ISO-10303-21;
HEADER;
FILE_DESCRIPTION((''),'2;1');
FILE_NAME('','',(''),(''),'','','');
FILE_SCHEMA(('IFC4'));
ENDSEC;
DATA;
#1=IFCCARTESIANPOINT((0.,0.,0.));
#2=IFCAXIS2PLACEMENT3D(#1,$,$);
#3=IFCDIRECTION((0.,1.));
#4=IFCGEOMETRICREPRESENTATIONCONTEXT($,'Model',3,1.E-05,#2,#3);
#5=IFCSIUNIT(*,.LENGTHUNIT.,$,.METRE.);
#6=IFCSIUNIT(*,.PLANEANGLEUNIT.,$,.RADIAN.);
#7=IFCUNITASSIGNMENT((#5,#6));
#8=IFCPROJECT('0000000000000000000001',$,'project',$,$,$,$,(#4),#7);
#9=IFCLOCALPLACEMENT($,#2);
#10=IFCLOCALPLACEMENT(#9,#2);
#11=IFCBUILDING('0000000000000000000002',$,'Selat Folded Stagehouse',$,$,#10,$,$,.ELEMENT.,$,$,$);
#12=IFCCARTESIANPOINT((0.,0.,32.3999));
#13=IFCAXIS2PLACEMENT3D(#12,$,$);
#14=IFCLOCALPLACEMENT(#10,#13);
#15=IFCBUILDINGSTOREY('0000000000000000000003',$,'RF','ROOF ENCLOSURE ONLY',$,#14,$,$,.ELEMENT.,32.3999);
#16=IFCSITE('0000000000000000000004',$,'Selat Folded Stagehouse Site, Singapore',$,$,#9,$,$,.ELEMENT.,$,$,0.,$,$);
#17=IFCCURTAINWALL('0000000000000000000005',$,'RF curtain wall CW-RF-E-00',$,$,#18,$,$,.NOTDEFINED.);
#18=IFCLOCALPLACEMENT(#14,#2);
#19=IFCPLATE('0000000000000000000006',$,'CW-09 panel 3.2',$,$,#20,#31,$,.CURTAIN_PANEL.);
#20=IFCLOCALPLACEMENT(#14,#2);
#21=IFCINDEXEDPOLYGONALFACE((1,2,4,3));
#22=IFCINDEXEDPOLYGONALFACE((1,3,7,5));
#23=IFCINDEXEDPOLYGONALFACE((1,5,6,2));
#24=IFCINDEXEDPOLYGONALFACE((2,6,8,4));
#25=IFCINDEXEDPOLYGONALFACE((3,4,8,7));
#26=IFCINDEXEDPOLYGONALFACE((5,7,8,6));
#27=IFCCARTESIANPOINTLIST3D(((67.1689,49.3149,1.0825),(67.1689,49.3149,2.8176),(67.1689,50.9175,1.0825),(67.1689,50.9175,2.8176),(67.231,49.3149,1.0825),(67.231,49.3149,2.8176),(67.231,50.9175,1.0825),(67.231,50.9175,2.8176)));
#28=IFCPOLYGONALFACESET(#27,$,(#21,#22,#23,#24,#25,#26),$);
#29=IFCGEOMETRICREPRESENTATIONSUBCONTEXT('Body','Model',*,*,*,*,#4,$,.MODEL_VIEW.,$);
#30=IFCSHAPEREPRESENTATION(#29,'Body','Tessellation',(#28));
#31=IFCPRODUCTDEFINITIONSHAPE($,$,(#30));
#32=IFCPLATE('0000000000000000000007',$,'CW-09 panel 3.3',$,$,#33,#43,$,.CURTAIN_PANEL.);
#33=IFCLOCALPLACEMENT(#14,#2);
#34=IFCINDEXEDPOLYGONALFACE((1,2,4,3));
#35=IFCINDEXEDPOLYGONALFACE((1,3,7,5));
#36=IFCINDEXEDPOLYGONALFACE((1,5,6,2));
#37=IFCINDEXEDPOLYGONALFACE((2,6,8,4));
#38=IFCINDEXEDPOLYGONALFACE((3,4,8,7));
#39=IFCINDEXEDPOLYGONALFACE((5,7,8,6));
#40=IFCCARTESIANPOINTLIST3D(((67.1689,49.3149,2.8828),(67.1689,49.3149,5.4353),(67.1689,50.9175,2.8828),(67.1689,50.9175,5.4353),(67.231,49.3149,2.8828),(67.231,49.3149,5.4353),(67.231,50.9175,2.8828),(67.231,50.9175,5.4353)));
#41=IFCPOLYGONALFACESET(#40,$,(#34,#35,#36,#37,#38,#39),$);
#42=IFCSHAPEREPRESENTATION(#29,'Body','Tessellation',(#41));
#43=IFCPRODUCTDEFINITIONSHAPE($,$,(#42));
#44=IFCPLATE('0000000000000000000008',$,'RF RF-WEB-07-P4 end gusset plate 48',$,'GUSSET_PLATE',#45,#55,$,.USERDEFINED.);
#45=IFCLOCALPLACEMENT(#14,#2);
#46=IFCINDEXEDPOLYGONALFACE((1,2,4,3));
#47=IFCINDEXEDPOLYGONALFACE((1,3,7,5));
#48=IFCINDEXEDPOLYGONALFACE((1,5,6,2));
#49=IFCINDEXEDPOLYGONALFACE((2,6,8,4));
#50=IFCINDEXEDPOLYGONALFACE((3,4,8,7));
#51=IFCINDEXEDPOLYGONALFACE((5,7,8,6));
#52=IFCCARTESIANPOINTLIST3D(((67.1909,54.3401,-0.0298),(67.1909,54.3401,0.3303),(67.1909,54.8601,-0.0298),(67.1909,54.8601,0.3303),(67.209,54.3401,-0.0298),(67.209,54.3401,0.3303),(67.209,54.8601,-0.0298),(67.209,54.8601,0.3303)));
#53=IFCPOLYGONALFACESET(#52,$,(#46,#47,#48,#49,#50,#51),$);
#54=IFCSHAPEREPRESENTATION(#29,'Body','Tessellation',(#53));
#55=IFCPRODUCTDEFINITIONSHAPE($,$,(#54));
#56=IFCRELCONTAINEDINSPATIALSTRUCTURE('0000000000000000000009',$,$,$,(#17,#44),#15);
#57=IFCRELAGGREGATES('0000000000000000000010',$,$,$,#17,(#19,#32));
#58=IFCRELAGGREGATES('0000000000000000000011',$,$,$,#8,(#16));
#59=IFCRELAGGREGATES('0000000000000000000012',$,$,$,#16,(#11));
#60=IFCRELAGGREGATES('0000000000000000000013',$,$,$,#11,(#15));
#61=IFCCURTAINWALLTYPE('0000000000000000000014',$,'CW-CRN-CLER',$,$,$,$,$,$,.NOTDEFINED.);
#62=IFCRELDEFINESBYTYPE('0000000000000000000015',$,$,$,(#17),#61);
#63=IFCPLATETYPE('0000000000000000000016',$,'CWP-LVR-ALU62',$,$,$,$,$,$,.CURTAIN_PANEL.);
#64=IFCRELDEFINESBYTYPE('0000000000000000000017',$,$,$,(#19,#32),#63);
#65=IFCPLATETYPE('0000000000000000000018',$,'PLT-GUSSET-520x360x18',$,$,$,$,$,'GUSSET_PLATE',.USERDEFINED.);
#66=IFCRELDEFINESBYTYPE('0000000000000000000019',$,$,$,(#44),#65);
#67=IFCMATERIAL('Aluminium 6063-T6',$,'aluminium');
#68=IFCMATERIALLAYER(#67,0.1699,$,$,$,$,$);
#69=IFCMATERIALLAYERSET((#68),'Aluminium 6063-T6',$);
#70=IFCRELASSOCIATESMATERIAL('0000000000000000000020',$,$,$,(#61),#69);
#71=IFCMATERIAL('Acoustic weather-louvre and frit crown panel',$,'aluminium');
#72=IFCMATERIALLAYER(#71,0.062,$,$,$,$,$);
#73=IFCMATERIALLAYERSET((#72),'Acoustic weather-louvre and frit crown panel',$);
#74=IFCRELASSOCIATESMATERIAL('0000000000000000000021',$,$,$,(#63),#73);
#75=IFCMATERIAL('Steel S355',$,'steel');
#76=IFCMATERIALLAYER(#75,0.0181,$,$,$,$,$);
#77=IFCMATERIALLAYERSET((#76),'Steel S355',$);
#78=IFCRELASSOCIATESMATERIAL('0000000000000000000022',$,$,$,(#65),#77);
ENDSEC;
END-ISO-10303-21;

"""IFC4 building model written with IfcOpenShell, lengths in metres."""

from ifc_helpers import new_model, si_unit, direction, frame, origin, origin_2d, place, context, subcontext, project, spatial, rectangle, extrude, material, layer, layer_set, type_object, element, aggregate, save


model = new_model("IFC4")

# Units and contexts
model_context = context("Model", 3, precision=1e-05, world=origin(), true_north=direction((0.0, 1.0)))
body_context = subcontext(model_context, "Body", "Model", "MODEL_VIEW")
ifc_project = project(units=[si_unit("LENGTHUNIT", "METRE"), si_unit("PLANEANGLEUNIT", "RADIAN")], contexts=[model_context])

# Site, building, storey
site_placement = place(None, origin())
site = spatial("IfcSite", under=ifc_project, at=site_placement, Name="Selat Folded Stagehouse Site, Singapore", CompositionType="ELEMENT", RefElevation=0.0)
building_placement = place(site_placement, origin())
building = spatial("IfcBuilding", under=site, at=building_placement, Name="Selat Folded Stagehouse", CompositionType="ELEMENT")
storey_placement = place(building_placement, frame((0.0, 0.0, 32.3999)))
storey = spatial("IfcBuildingStorey", under=building, at=storey_placement, Name="RF", Description="ROOF ENCLOSURE ONLY", CompositionType="ELEMENT", Elevation=32.3999)

# Shared definitions
ifc_material_1 = material(Name="Steel S355", Category="steel")

# Curtain wall
ifc_material_2 = material(Name="Aluminium 6063-T6", Category="aluminium")
ifc_layer_1 = layer(ifc_material_2, 0.1699)
ifc_layer_set_1 = layer_set([ifc_layer_1], Name="Aluminium 6063-T6")
curtain_wall_type = type_object("IfcCurtainWallType", Name="CW-CRN-CLER", PredefinedType="NOTDEFINED", material=ifc_layer_set_1)
curtain_wall_1_placement = place(storey_placement, origin())
curtain_wall_1 = element("IfcCurtainWall", 1, at=curtain_wall_1_placement, inside=storey, type_object=curtain_wall_type, Name="RF curtain wall CW-RF-E-00", PredefinedType="NOTDEFINED")

# Plates
ifc_material_3 = material(Name="Acoustic weather-louvre and frit crown panel", Category="aluminium")
ifc_layer_2 = layer(ifc_material_3, 0.062)
ifc_layer_set_2 = layer_set([ifc_layer_2], Name="Acoustic weather-louvre and frit crown panel")
plate_type_1 = type_object("IfcPlateType", Name="CWP-LVR-ALU62", PredefinedType="CURTAIN_PANEL", material=ifc_layer_set_2)
plate_1_placement = place(storey_placement, frame((67.2, 50.1162, 1.0825), z_axis=(0.0, 0.0, 1.0), x_axis=(0.0, -1.0, 0.0)))
plate_1 = element("IfcPlate", 2, at=plate_1_placement, type_object=plate_type_1, Name="CW-09 panel 3.2", PredefinedType="CURTAIN_PANEL", context=body_context, shape_type="SweptSolid", body=[
    extrude(rectangle(XDim=1.6025, YDim=0.062, at=origin_2d()), origin(), (0.0, 0.0, 1.0), 1.7351),
])
plate_2_placement = place(storey_placement, frame((67.2, 50.1162, 2.8828), z_axis=(0.0, 0.0, 1.0), x_axis=(0.0, -1.0, 0.0)))
plate_2 = element("IfcPlate", 3, at=plate_2_placement, type_object=plate_type_1, Name="CW-09 panel 3.3", PredefinedType="CURTAIN_PANEL", context=body_context, shape_type="SweptSolid", body=[
    extrude(rectangle(XDim=1.6025, YDim=0.062, at=origin_2d()), origin(), (0.0, 0.0, 1.0), 2.5525),
])
aggregate(curtain_wall_1, [plate_1, plate_2])
ifc_layer_3 = layer(ifc_material_1, 0.0181)
ifc_layer_set_3 = layer_set([ifc_layer_3], Name="Steel S355")
plate_type_2 = type_object("IfcPlateType", Name="PLT-GUSSET-520x360x18", ElementType="GUSSET_PLATE", PredefinedType="USERDEFINED", material=ifc_layer_set_3)
plate_3_placement = place(storey_placement, frame((67.2, 54.6001, -0.0298), z_axis=(0.0, 0.0, 1.0), x_axis=(0.0, 1.0, 0.0)))
element("IfcPlate", 4, at=plate_3_placement, inside=storey, type_object=plate_type_2, Name="RF RF-WEB-07-P4 end gusset plate 48", ObjectType="GUSSET_PLATE", PredefinedType="USERDEFINED", context=body_context, shape_type="SweptSolid", body=[
    extrude(rectangle(XDim=0.52, YDim=0.0181, at=origin_2d()), origin(), (0.0, 0.0, 1.0), 0.3601),
])

save(model, "model.ifc")
